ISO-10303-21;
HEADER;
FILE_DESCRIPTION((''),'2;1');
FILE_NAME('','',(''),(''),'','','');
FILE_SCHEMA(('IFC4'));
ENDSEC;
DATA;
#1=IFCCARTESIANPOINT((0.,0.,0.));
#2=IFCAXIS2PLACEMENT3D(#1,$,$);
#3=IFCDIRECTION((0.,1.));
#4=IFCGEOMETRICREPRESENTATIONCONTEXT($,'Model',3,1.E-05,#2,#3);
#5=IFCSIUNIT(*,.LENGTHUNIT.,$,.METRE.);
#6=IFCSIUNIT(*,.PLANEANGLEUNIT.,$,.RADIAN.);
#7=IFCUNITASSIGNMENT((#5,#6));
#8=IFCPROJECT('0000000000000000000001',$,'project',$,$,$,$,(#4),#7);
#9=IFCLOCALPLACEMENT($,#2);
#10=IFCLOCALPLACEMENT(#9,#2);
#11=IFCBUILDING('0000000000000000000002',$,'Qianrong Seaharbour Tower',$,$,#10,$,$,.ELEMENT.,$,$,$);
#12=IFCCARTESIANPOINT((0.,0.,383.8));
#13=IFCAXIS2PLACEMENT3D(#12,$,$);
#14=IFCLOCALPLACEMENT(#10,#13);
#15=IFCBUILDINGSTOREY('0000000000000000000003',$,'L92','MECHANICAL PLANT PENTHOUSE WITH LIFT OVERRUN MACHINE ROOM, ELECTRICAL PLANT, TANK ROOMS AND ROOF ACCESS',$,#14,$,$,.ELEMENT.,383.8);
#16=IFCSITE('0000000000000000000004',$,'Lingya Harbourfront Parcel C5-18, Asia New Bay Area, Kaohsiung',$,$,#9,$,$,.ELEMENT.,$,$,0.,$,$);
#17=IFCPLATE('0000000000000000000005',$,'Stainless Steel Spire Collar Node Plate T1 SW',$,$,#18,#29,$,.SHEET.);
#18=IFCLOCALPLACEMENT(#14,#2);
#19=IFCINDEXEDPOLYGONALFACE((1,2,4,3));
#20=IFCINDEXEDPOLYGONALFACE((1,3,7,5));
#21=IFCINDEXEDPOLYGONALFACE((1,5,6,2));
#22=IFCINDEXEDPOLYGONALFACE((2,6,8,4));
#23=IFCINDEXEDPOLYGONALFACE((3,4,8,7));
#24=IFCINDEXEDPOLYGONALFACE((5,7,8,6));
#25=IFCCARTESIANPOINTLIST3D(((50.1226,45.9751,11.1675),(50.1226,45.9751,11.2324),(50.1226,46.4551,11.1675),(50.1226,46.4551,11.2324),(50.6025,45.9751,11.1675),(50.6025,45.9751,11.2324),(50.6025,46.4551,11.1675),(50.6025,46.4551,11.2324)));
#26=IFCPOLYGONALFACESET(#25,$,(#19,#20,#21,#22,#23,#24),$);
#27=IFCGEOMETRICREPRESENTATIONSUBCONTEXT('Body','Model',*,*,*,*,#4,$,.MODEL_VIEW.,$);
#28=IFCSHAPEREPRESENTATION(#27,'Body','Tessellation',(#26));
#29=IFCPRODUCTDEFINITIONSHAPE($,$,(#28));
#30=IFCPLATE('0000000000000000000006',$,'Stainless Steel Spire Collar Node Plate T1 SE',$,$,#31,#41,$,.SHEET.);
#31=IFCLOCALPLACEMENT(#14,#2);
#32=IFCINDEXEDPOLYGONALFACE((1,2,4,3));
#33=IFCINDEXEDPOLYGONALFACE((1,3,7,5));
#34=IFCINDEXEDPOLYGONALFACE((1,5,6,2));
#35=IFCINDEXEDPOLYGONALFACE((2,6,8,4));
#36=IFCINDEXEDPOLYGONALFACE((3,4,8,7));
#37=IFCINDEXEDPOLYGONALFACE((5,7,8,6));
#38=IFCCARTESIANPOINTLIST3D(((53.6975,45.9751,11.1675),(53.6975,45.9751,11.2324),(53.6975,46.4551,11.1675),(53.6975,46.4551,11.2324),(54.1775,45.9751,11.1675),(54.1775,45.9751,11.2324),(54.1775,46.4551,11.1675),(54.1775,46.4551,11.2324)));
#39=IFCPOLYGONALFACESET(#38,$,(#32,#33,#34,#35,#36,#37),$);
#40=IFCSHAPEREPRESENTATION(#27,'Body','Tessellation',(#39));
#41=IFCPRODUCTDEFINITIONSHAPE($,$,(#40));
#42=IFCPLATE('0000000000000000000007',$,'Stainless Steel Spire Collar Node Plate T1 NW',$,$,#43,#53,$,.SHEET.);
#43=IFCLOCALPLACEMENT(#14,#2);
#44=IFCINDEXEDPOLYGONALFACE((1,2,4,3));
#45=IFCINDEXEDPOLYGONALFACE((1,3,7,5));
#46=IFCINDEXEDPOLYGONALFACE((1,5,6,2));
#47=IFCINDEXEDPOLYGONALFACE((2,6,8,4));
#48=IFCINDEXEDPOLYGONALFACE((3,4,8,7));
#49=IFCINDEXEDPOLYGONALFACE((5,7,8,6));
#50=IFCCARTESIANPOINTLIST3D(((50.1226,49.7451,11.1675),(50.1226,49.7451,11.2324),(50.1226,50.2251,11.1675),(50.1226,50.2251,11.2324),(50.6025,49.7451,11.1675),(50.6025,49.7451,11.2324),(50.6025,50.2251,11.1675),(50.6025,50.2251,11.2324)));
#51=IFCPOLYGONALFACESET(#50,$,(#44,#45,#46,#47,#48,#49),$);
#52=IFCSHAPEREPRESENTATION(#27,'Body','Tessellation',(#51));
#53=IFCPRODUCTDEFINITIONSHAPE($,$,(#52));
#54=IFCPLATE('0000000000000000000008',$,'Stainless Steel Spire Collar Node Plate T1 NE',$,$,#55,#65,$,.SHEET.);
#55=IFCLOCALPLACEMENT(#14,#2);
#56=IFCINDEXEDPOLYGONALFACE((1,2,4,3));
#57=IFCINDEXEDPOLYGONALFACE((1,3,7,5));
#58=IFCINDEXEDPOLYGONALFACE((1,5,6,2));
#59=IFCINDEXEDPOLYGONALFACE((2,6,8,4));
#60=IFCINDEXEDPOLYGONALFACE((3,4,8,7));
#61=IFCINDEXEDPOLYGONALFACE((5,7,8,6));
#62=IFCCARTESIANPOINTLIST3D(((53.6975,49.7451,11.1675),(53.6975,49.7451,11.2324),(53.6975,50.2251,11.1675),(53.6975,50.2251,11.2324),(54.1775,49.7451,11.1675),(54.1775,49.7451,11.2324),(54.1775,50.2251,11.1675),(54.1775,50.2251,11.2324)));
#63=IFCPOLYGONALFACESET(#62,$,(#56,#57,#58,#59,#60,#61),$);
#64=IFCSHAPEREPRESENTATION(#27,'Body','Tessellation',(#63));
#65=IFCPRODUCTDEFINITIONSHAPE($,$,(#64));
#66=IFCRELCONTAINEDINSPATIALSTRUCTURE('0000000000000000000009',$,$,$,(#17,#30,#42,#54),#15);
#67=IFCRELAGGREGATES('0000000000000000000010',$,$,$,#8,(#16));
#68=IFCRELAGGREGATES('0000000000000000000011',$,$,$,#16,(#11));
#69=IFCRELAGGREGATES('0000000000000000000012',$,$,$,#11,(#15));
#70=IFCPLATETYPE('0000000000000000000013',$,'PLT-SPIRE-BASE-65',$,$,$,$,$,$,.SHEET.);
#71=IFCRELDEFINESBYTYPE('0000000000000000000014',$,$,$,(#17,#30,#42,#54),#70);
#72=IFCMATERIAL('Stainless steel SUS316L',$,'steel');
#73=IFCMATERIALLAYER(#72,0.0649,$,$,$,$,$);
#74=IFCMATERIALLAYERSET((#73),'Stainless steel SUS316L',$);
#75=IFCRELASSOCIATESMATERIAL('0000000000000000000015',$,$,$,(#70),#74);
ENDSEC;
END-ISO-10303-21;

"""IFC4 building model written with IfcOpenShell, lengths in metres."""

from ifc_helpers import new_model, si_unit, direction, frame, origin, origin_2d, place, context, subcontext, project, spatial, rectangle, extrude, material, layer, layer_set, type_object, element, save


model = new_model("IFC4")

# Units and contexts
model_context = context("Model", 3, precision=1e-05, world=origin(), true_north=direction((0.0, 1.0)))
body_context = subcontext(model_context, "Body", "Model", "MODEL_VIEW")
ifc_project = project(units=[si_unit("LENGTHUNIT", "METRE"), si_unit("PLANEANGLEUNIT", "RADIAN")], contexts=[model_context])

# Site, building, storey
site_placement = place(None, origin())
site = spatial("IfcSite", under=ifc_project, at=site_placement, Name="Lingya Harbourfront Parcel C5-18, Asia New Bay Area, Kaohsiung", CompositionType="ELEMENT", RefElevation=0.0)
building_placement = place(site_placement, origin())
building = spatial("IfcBuilding", under=site, at=building_placement, Name="Qianrong Seaharbour Tower", CompositionType="ELEMENT")
storey_placement = place(building_placement, frame((0.0, 0.0, 383.8)))
storey = spatial("IfcBuildingStorey", under=building, at=storey_placement, Name="L92", Description="MECHANICAL PLANT PENTHOUSE WITH LIFT OVERRUN MACHINE ROOM, ELECTRICAL PLANT, TANK ROOMS AND ROOF ACCESS", CompositionType="ELEMENT", Elevation=383.8)

# Shared definitions
ifc_material_1 = material(Name="Stainless steel SUS316L", Category="steel")

# Plates
ifc_layer_1 = layer(ifc_material_1, 0.0649)
ifc_layer_set_1 = layer_set([ifc_layer_1], Name="Stainless steel SUS316L")
plate_type_1 = type_object("IfcPlateType", Name="PLT-SPIRE-BASE-65", PredefinedType="SHEET", material=ifc_layer_set_1)
for number, where, z_axis, x_axis, name in (
    (1, (50.3625, 46.2151, 11.1675), (0.0, 0.0, 1.0), (1.0, 0.0, 0.0), "Stainless Steel Spire Collar Node Plate T1 SW"),
    (2, (53.9375, 46.2151, 11.1675), (0.0, 0.0, 1.0), (1.0, 0.0, 0.0), "Stainless Steel Spire Collar Node Plate T1 SE"),
    (3, (50.3625, 49.9851, 11.1675), (0.0, 0.0, 1.0), (1.0, 0.0, 0.0), "Stainless Steel Spire Collar Node Plate T1 NW"),
    (4, (53.9375, 49.9851, 11.1675), (0.0, 0.0, 1.0), (1.0, 0.0, 0.0), "Stainless Steel Spire Collar Node Plate T1 NE"),
):
    element("IfcPlate", number, at=place(storey_placement, frame(where, z_axis=z_axis, x_axis=x_axis)), inside=storey, type_object=plate_type_1, Name=name, PredefinedType="SHEET", context=body_context, shape_type="SweptSolid", body=[
        extrude(rectangle(XDim=0.48, YDim=0.48, at=origin_2d()), origin(), (0.0, 0.0, 1.0), 0.0649),
    ])

save(model, "model.ifc")
